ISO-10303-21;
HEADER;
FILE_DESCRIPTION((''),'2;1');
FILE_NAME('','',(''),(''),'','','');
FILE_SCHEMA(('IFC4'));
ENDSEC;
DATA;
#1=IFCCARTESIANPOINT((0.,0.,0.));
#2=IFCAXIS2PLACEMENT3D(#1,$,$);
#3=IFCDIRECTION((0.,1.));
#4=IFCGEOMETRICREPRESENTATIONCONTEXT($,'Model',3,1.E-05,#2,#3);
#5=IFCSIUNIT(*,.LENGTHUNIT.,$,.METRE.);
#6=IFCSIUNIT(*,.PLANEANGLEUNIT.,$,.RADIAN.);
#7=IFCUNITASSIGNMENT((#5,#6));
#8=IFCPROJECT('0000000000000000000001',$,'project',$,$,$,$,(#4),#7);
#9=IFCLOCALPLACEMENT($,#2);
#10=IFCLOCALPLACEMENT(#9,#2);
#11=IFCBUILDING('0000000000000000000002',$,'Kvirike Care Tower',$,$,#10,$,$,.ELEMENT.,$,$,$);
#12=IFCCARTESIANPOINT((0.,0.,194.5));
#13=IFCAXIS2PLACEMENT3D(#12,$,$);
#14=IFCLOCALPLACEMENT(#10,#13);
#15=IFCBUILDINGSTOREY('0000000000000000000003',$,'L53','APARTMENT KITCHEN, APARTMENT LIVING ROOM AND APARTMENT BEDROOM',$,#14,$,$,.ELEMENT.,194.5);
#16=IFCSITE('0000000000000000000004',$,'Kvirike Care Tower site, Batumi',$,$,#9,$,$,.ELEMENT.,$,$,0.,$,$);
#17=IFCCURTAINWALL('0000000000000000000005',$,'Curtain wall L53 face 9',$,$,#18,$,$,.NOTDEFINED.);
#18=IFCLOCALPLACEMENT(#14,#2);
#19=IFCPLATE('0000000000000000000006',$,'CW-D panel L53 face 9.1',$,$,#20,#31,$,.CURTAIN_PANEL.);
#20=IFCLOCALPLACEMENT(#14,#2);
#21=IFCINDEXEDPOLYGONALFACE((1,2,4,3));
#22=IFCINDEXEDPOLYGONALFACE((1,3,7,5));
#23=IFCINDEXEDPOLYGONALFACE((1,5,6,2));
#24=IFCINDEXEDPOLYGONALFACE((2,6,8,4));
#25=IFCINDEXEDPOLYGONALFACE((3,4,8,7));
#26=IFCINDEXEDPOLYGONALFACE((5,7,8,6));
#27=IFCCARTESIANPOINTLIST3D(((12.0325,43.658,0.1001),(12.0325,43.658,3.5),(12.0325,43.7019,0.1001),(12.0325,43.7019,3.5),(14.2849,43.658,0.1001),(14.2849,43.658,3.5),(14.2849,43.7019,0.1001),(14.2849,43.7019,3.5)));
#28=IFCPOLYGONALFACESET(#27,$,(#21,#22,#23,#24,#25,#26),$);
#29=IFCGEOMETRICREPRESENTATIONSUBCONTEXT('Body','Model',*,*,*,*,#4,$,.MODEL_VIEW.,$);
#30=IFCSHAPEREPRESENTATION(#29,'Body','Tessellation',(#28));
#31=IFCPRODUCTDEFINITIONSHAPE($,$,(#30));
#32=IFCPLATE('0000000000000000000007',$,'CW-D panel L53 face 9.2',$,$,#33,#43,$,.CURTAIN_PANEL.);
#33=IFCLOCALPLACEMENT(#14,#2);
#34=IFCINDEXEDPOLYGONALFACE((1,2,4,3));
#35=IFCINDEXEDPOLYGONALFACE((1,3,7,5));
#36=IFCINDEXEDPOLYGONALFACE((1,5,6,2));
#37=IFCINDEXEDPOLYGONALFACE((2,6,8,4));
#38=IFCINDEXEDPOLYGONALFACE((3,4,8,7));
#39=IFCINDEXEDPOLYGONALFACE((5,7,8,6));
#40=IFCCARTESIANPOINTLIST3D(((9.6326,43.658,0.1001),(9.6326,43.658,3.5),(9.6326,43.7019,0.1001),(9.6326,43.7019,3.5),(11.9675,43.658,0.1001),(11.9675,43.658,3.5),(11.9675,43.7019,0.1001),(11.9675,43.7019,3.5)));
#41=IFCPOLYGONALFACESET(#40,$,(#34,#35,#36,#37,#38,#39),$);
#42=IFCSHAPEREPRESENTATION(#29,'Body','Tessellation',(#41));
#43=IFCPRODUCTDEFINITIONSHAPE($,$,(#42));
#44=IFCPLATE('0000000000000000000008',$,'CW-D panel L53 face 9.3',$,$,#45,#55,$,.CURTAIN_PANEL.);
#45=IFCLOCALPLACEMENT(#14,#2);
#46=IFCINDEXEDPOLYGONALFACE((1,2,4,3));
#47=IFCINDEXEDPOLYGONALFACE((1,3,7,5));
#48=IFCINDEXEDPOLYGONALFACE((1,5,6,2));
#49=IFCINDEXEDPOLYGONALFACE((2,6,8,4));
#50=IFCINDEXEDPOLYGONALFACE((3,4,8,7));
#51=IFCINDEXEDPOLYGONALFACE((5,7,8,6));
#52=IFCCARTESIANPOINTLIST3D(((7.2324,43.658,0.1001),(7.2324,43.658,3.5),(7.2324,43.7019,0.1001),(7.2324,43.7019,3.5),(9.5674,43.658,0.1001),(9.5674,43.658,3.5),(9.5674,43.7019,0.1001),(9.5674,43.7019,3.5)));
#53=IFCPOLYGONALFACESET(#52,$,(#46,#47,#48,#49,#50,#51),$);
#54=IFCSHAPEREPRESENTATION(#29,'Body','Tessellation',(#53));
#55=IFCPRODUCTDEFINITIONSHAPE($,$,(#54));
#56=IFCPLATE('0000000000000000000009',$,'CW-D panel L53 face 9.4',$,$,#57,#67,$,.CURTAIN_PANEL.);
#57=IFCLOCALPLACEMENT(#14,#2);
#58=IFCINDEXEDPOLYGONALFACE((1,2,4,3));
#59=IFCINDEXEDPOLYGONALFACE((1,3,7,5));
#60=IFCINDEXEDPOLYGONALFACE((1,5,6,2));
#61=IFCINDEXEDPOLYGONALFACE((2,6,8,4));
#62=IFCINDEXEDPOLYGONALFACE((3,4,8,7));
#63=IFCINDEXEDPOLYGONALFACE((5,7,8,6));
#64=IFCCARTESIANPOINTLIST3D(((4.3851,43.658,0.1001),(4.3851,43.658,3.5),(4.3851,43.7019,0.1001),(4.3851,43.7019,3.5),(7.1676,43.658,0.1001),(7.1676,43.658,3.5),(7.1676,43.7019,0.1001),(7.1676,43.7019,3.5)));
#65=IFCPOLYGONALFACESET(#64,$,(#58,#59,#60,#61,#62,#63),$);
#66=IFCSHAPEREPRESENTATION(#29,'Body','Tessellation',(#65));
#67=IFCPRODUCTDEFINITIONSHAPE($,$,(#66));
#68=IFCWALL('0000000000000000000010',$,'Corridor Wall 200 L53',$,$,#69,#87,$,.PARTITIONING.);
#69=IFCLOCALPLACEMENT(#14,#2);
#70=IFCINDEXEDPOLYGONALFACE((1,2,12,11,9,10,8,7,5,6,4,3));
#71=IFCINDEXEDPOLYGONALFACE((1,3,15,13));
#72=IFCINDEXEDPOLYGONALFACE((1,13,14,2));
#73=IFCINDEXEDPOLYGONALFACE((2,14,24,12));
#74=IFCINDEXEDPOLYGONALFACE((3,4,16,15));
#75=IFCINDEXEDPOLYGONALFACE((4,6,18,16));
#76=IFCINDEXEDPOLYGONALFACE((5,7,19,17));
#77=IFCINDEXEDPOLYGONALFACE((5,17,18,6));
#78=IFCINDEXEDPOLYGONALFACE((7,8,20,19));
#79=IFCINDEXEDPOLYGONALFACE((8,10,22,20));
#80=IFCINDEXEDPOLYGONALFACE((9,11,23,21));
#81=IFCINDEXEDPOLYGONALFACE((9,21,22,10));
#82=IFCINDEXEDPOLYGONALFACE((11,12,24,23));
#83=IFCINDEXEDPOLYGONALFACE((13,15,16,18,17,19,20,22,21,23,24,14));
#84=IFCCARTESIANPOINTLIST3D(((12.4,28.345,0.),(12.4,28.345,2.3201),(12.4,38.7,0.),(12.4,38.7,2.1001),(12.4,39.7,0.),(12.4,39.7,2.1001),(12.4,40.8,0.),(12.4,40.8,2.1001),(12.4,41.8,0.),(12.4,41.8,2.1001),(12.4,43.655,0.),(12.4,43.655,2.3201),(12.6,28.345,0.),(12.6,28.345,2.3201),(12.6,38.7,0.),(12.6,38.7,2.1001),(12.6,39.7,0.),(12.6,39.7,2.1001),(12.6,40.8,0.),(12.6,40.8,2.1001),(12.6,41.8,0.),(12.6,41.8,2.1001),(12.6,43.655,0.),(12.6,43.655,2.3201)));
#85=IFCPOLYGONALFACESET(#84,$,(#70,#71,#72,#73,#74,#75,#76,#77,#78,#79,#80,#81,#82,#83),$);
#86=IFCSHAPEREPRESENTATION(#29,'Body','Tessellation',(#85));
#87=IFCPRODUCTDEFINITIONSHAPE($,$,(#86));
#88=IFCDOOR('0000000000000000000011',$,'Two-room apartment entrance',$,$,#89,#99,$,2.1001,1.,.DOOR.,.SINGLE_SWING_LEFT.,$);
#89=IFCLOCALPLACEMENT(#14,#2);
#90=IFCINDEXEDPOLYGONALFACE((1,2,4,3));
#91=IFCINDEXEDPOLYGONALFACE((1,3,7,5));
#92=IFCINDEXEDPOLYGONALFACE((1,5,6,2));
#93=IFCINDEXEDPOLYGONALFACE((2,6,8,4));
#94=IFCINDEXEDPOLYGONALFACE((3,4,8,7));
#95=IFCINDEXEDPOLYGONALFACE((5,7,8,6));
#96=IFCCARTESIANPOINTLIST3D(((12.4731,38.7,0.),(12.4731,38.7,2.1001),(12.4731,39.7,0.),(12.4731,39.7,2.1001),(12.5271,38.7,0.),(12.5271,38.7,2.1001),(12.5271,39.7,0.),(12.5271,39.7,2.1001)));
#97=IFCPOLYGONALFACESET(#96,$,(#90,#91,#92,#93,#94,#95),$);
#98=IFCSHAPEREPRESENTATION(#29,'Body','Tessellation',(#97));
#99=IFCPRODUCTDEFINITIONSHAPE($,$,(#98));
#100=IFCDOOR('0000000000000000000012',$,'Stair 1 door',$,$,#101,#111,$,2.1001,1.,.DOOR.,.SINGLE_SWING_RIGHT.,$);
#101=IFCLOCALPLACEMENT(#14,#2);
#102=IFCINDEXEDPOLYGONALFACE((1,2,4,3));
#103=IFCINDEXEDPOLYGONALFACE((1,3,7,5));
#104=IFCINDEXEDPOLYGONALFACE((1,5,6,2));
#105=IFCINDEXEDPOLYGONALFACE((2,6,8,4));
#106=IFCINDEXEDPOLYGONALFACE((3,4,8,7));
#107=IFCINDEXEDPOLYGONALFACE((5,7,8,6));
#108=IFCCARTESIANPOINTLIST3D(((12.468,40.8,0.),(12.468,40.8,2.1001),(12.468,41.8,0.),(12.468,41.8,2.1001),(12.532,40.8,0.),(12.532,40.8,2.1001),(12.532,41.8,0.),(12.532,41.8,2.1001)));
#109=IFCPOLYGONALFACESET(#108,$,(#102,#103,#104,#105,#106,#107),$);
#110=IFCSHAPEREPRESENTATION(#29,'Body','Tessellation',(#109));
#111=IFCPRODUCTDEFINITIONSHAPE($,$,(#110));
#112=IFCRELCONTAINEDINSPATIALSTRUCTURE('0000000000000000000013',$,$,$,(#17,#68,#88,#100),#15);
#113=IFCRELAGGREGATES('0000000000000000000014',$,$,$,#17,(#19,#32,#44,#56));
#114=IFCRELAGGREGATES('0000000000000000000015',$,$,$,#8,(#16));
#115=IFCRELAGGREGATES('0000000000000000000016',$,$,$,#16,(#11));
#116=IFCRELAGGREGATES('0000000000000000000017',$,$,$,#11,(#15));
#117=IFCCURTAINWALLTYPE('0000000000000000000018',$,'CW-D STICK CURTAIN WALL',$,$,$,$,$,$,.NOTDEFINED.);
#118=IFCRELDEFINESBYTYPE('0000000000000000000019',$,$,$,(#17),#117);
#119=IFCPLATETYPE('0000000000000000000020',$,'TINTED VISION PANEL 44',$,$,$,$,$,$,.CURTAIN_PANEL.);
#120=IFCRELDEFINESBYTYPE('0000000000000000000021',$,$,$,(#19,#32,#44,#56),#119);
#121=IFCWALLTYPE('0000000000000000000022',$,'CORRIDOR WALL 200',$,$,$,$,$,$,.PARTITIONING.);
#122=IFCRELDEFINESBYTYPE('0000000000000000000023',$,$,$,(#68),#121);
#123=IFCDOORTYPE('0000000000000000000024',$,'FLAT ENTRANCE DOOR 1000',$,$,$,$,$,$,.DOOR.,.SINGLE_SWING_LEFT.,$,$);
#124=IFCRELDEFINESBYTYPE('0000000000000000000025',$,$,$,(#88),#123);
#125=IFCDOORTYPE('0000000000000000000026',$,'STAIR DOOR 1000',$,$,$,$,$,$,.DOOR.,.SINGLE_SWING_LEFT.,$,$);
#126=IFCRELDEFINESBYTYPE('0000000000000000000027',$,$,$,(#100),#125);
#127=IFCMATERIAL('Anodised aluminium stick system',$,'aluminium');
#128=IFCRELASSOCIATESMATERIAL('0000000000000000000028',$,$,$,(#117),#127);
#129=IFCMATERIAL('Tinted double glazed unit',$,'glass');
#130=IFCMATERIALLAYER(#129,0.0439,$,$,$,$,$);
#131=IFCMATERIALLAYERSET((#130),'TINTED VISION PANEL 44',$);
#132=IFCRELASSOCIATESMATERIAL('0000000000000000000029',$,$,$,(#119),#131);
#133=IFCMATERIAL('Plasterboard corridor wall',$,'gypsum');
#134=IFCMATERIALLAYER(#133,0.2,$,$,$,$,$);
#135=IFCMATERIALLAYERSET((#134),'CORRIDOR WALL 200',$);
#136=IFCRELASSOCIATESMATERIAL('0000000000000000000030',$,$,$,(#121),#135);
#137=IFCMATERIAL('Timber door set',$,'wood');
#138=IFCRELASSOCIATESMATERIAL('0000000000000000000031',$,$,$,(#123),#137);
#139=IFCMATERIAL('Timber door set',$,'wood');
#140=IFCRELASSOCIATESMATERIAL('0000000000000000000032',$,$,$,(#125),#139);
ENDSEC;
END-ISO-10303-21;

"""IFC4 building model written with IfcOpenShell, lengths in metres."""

from ifc_helpers import new_model, si_unit, direction, frame, frame_2d, origin, origin_2d, place, context, subcontext, project, spatial, rectangle, extrude, material, layer, layer_set, type_object, element, fill, aggregate, save


model = new_model("IFC4")

# Units and contexts
model_context = context("Model", 3, precision=1e-05, world=origin(), true_north=direction((0.0, 1.0)))
body_context = subcontext(model_context, "Body", "Model", "MODEL_VIEW")
ifc_project = project(units=[si_unit("LENGTHUNIT", "METRE"), si_unit("PLANEANGLEUNIT", "RADIAN")], contexts=[model_context])

# Site, building, storey
site_placement = place(None, origin())
site = spatial("IfcSite", under=ifc_project, at=site_placement, Name="Kvirike Care Tower site, Batumi", CompositionType="ELEMENT", RefElevation=0.0)
building_placement = place(site_placement, origin())
building = spatial("IfcBuilding", under=site, at=building_placement, Name="Kvirike Care Tower", CompositionType="ELEMENT")
storey_placement = place(building_placement, frame((0.0, 0.0, 194.5)))
storey = spatial("IfcBuildingStorey", under=building, at=storey_placement, Name="L53", Description="APARTMENT KITCHEN, APARTMENT LIVING ROOM AND APARTMENT BEDROOM", CompositionType="ELEMENT", Elevation=194.5)

# Curtain wall
ifc_material_1 = material(Name="Anodised aluminium stick system", Category="aluminium")
curtain_wall_type = type_object("IfcCurtainWallType", Name="CW-D STICK CURTAIN WALL", PredefinedType="NOTDEFINED", material=ifc_material_1)
curtain_wall_1_placement = place(storey_placement, origin())
curtain_wall_1 = element("IfcCurtainWall", 1, at=curtain_wall_1_placement, inside=storey, type_object=curtain_wall_type, Name="Curtain wall L53 face 9", PredefinedType="NOTDEFINED")

# Plates
ifc_material_2 = material(Name="Tinted double glazed unit", Category="glass")
ifc_layer_1 = layer(ifc_material_2, 0.0439)
ifc_layer_set_1 = layer_set([ifc_layer_1], Name="TINTED VISION PANEL 44")
plate_type = type_object("IfcPlateType", Name="TINTED VISION PANEL 44", PredefinedType="CURTAIN_PANEL", material=ifc_layer_set_1)
plate_1_placement = place(storey_placement, frame((13.1587, 43.6799, 0.1001), z_axis=(0.0, 0.0, 1.0), x_axis=(-1.0, 0.0, 0.0)))
plate_1 = element("IfcPlate", 2, at=plate_1_placement, type_object=plate_type, Name="CW-D panel L53 face 9.1", PredefinedType="CURTAIN_PANEL", context=body_context, shape_type="SweptSolid", body=[
    extrude(rectangle(XDim=2.2524, YDim=0.0439, at=origin_2d()), origin(), (0.0, 0.0, 1.0), 3.3999),
])
plate_2_placement = place(storey_placement, frame((10.8, 43.6799, 0.1001), z_axis=(0.0, 0.0, 1.0), x_axis=(-1.0, 0.0, 0.0)))
plate_2 = element("IfcPlate", 3, at=plate_2_placement, type_object=plate_type, Name="CW-D panel L53 face 9.2", PredefinedType="CURTAIN_PANEL", context=body_context, shape_type="SweptSolid", body=[
    extrude(rectangle(XDim=2.335, YDim=0.0439, at=origin_2d()), origin(), (0.0, 0.0, 1.0), 3.3999),
])
plate_3_placement = place(storey_placement, frame((8.3999, 43.6799, 0.1001), z_axis=(0.0, 0.0, 1.0), x_axis=(-1.0, 0.0, 0.0)))
plate_3 = element("IfcPlate", 4, at=plate_3_placement, type_object=plate_type, Name="CW-D panel L53 face 9.3", PredefinedType="CURTAIN_PANEL", context=body_context, shape_type="SweptSolid", body=[
    extrude(rectangle(XDim=2.335, YDim=0.0439, at=origin_2d()), origin(), (0.0, 0.0, 1.0), 3.3999),
])
plate_4_placement = place(storey_placement, frame((5.7764, 43.6799, 0.1001), z_axis=(0.0, 0.0, 1.0), x_axis=(-1.0, 0.0, 0.0)))
plate_4 = element("IfcPlate", 5, at=plate_4_placement, type_object=plate_type, Name="CW-D panel L53 face 9.4", PredefinedType="CURTAIN_PANEL", context=body_context, shape_type="SweptSolid", body=[
    extrude(rectangle(XDim=2.7825, YDim=0.0439, at=origin_2d()), origin(), (0.0, 0.0, 1.0), 3.3999),
])
aggregate(curtain_wall_1, [plate_1, plate_2, plate_3, plate_4])

# Wall, openings, doors
ifc_material_3 = material(Name="Plasterboard corridor wall", Category="gypsum")
ifc_layer_2 = layer(ifc_material_3, 0.2)
ifc_layer_set_2 = layer_set([ifc_layer_2], Name="CORRIDOR WALL 200")
wall_type = type_object("IfcWallType", Name="CORRIDOR WALL 200", PredefinedType="PARTITIONING", material=ifc_layer_set_2)
wall_placement = place(storey_placement, frame((12.5, 43.655, 0.0), z_axis=(0.0, 0.0, 1.0), x_axis=(0.0, -1.0, 0.0)))
wall = element("IfcWall", 6, at=wall_placement, inside=storey, type_object=wall_type, Name="Corridor Wall 200 L53", PredefinedType="PARTITIONING", context=body_context, shape_type="SweptSolid", body=[
    extrude(rectangle(XDim=15.3101, YDim=0.2, at=frame_2d((7.655, 0.0))), origin(), (0.0, 0.0, 1.0), 2.3201),
])
opening_1_placement = place(wall_placement, frame((1.855, 0.0, 0.0)))
opening_1 = element("IfcOpeningElement", 7, at=opening_1_placement, cuts=wall, PredefinedType="OPENING", context=body_context, shape_type="SweptSolid", body=[
    extrude(rectangle(XDim=1.0, YDim=2.1001, at=frame_2d((0.5, 1.05))), frame((0.0, 0.1106, 0.0), z_axis=(0.0, -1.0, 0.0), x_axis=(1.0, 0.0, 0.0)), (0.0, 0.0, 1.0), 0.2209),
])
opening_2_placement = place(wall_placement, frame((3.9551, 0.0, 0.0)))
opening_2 = element("IfcOpeningElement", 8, at=opening_2_placement, cuts=wall, PredefinedType="OPENING", context=body_context, shape_type="SweptSolid", body=[
    extrude(rectangle(XDim=1.0, YDim=2.1001, at=frame_2d((0.5, 1.05))), frame((0.0, 0.1106, 0.0), z_axis=(0.0, -1.0, 0.0), x_axis=(1.0, 0.0, 0.0)), (0.0, 0.0, 1.0), 0.2209),
])
ifc_material_4 = material(Name="Timber door set", Category="wood")
door_type_1 = type_object("IfcDoorType", Name="FLAT ENTRANCE DOOR 1000", OperationType="SINGLE_SWING_LEFT", PredefinedType="DOOR", material=ifc_material_4)
door_1_placement = place(opening_2_placement, frame((1.0, 0.0, 0.0), z_axis=(0.0, 0.0, 1.0), x_axis=(-1.0, 0.0, 0.0)))
door_1 = element("IfcDoor", 9, at=door_1_placement, inside=storey, type_object=door_type_1, Name="Two-room apartment entrance", OperationType="SINGLE_SWING_LEFT", OverallHeight=2.1001, OverallWidth=1.0, PredefinedType="DOOR", context=body_context, shape_type="SweptSolid", body=[
    extrude(rectangle(XDim=1.0, YDim=2.1001, at=frame_2d((0.5, 1.05))), frame((0.0, 0.0269, 0.0), z_axis=(0.0, -1.0, 0.0), x_axis=(1.0, 0.0, 0.0)), (0.0, 0.0, 1.0), 0.054),
])
fill(opening_2, door_1)
ifc_material_5 = material(Name="Timber door set", Category="wood")
door_type_2 = type_object("IfcDoorType", Name="STAIR DOOR 1000", OperationType="SINGLE_SWING_LEFT", PredefinedType="DOOR", material=ifc_material_5)
door_2_placement = place(opening_1_placement, frame((1.0, 0.0, 0.0), z_axis=(0.0, 0.0, 1.0), x_axis=(-1.0, 0.0, 0.0)))
door_2 = element("IfcDoor", 10, at=door_2_placement, inside=storey, type_object=door_type_2, Name="Stair 1 door", OperationType="SINGLE_SWING_RIGHT", OverallHeight=2.1001, OverallWidth=1.0, PredefinedType="DOOR", context=body_context, shape_type="SweptSolid", body=[
    extrude(rectangle(XDim=1.0, YDim=2.1001, at=frame_2d((0.5, 1.05))), frame((0.0, 0.032, 0.0), z_axis=(0.0, -1.0, 0.0), x_axis=(1.0, 0.0, 0.0)), (0.0, 0.0, 1.0), 0.064),
])
fill(opening_1, door_2)

save(model, "model.ifc")
